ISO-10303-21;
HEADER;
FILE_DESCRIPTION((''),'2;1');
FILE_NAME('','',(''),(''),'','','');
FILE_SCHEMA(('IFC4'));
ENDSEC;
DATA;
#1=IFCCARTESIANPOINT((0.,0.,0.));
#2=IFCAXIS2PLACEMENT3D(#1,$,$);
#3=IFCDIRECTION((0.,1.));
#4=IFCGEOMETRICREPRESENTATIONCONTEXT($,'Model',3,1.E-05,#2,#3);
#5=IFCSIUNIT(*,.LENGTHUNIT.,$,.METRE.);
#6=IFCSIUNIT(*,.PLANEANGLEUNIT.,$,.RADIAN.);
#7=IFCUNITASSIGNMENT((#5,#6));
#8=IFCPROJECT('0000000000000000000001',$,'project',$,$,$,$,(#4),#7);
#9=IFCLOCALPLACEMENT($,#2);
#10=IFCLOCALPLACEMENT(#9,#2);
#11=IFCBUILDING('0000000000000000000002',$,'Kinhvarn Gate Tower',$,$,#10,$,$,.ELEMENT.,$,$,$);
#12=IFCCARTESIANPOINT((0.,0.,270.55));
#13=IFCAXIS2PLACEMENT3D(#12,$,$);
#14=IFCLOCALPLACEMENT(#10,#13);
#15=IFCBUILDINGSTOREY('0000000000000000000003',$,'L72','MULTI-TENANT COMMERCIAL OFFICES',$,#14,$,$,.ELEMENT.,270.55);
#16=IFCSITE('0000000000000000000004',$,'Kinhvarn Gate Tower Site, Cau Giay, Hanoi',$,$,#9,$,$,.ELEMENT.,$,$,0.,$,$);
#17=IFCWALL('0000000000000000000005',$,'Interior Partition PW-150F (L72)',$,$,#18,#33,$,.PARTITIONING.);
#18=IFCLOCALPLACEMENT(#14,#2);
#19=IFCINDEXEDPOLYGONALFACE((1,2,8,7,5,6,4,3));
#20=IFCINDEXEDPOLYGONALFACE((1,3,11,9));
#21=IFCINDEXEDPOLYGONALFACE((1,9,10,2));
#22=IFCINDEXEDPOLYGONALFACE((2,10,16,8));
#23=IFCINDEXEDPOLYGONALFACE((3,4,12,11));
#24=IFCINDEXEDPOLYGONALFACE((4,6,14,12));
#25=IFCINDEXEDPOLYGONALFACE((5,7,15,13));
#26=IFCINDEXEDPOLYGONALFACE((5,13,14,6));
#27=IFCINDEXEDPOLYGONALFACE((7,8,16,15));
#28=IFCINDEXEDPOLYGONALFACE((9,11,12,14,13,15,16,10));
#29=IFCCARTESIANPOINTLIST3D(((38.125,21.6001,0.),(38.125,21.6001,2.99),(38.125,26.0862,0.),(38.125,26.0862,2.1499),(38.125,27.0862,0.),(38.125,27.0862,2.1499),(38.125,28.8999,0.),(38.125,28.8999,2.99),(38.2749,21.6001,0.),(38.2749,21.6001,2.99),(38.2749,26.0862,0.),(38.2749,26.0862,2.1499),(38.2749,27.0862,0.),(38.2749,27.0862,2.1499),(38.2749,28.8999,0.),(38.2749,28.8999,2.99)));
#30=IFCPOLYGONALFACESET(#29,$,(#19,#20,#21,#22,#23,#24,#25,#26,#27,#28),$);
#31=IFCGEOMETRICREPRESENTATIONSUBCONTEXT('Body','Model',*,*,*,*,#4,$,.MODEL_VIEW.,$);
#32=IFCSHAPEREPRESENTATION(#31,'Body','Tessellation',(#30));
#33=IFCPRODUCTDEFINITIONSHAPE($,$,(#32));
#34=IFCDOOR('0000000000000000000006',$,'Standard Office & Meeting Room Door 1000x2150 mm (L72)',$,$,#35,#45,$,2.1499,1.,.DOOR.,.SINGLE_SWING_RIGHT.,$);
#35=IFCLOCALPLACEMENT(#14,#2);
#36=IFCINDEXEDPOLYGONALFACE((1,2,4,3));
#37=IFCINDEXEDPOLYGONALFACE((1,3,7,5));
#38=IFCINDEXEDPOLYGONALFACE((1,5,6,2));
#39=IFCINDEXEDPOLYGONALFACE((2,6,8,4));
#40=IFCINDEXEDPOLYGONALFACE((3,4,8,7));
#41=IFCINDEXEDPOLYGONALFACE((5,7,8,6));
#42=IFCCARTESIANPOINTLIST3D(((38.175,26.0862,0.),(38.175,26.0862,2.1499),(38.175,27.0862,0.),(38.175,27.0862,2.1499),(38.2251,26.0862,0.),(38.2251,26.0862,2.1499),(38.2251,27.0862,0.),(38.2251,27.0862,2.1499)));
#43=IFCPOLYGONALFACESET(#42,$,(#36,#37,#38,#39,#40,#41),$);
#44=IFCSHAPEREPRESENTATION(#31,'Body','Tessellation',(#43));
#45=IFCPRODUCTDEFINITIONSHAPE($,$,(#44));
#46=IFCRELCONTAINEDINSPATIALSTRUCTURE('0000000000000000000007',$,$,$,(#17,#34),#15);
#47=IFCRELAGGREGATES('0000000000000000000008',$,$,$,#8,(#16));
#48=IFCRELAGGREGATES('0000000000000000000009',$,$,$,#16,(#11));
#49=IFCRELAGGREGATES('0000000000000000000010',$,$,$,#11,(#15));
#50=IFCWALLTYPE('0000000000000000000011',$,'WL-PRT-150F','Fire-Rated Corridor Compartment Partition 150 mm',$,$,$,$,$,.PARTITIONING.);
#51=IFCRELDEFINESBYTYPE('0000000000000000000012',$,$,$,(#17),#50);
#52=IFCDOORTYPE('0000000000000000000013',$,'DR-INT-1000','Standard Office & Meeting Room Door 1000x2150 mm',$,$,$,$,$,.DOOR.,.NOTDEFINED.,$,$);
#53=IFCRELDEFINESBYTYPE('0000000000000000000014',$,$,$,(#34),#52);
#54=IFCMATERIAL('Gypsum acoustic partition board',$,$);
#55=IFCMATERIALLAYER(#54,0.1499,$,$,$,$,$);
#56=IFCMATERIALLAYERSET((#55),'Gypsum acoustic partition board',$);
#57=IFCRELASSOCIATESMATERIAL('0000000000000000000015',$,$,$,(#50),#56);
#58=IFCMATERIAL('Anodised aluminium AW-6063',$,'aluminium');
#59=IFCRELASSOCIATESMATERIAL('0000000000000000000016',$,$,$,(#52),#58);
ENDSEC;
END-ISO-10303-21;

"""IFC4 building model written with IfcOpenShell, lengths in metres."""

from ifc_helpers import new_model, si_unit, direction, frame, frame_2d, origin, place, context, subcontext, project, spatial, rectangle, extrude, material, layer, layer_set, type_object, element, fill, save


model = new_model("IFC4")

# Units and contexts
model_context = context("Model", 3, precision=1e-05, world=origin(), true_north=direction((0.0, 1.0)))
body_context = subcontext(model_context, "Body", "Model", "MODEL_VIEW")
ifc_project = project(units=[si_unit("LENGTHUNIT", "METRE"), si_unit("PLANEANGLEUNIT", "RADIAN")], contexts=[model_context])

# Site, building, storey
site_placement = place(None, origin())
site = spatial("IfcSite", under=ifc_project, at=site_placement, Name="Kinhvarn Gate Tower Site, Cau Giay, Hanoi", CompositionType="ELEMENT", RefElevation=0.0)
building_placement = place(site_placement, origin())
building = spatial("IfcBuilding", under=site, at=building_placement, Name="Kinhvarn Gate Tower", CompositionType="ELEMENT")
storey_placement = place(building_placement, frame((0.0, 0.0, 270.55)))
storey = spatial("IfcBuildingStorey", under=building, at=storey_placement, Name="L72", Description="MULTI-TENANT COMMERCIAL OFFICES", CompositionType="ELEMENT", Elevation=270.55)

# Shared definitions
ifc_material_1 = material(Name="Anodised aluminium AW-6063", Category="aluminium")

# Shared definitions
ifc_material_2 = material(Name="Gypsum acoustic partition board")

# Shared definitions
ifc_layer_1 = layer(ifc_material_2, 0.1499)
ifc_layer_set_1 = layer_set([ifc_layer_1], Name="Gypsum acoustic partition board")
wall_type_1 = type_object("IfcWallType", Name="WL-PRT-150F", Description="Fire-Rated Corridor Compartment Partition 150 mm", PredefinedType="PARTITIONING", material=ifc_layer_set_1)
door_type = type_object("IfcDoorType", Name="DR-INT-1000", Description="Standard Office & Meeting Room Door 1000x2150 mm", OperationType="NOTDEFINED", PredefinedType="DOOR", material=ifc_material_1)

# Wall, opening, door
wall_1_placement = place(storey_placement, frame((38.2, 21.6001, 0.0), z_axis=(0.0, 0.0, 1.0), x_axis=(0.0, 1.0, 0.0)))
wall_1 = element("IfcWall", 1, at=wall_1_placement, inside=storey, type_object=wall_type_1, Name="Interior Partition PW-150F (L72)", PredefinedType="PARTITIONING", context=body_context, shape_type="SweptSolid", body=[
    extrude(rectangle(XDim=7.2998, YDim=0.1499, at=frame_2d((3.6499, 0.0))), origin(), (0.0, 0.0, 1.0), 2.99),
])
opening_1_placement = place(wall_1_placement, frame((4.4861, 0.0, 0.0)))
opening_1 = element("IfcOpeningElement", 2, at=opening_1_placement, cuts=wall_1, PredefinedType="OPENING", context=body_context, shape_type="SweptSolid", body=[
    extrude(rectangle(XDim=1.0, YDim=2.1499, at=frame_2d((0.5, 1.075))), frame((0.0, 0.085, 0.0), z_axis=(0.0, -1.0, 0.0), x_axis=(1.0, 0.0, 0.0)), (0.0, 0.0, 1.0), 0.1699),
])
door_1_placement = place(opening_1_placement, origin())
door_1 = element("IfcDoor", 3, at=door_1_placement, inside=storey, type_object=door_type, Name="Standard Office & Meeting Room Door 1000x2150 mm (L72)", OperationType="SINGLE_SWING_RIGHT", OverallHeight=2.1499, OverallWidth=1.0, PredefinedType="DOOR", context=body_context, shape_type="SweptSolid", body=[
    extrude(rectangle(XDim=1.0, YDim=2.1499, at=frame_2d((0.5, 1.075))), frame((0.0, 0.0249, 0.0), z_axis=(0.0, -1.0, 0.0), x_axis=(1.0, 0.0, 0.0)), (0.0, 0.0, 1.0), 0.05),
])
fill(opening_1, door_1)

save(model, "model.ifc")
